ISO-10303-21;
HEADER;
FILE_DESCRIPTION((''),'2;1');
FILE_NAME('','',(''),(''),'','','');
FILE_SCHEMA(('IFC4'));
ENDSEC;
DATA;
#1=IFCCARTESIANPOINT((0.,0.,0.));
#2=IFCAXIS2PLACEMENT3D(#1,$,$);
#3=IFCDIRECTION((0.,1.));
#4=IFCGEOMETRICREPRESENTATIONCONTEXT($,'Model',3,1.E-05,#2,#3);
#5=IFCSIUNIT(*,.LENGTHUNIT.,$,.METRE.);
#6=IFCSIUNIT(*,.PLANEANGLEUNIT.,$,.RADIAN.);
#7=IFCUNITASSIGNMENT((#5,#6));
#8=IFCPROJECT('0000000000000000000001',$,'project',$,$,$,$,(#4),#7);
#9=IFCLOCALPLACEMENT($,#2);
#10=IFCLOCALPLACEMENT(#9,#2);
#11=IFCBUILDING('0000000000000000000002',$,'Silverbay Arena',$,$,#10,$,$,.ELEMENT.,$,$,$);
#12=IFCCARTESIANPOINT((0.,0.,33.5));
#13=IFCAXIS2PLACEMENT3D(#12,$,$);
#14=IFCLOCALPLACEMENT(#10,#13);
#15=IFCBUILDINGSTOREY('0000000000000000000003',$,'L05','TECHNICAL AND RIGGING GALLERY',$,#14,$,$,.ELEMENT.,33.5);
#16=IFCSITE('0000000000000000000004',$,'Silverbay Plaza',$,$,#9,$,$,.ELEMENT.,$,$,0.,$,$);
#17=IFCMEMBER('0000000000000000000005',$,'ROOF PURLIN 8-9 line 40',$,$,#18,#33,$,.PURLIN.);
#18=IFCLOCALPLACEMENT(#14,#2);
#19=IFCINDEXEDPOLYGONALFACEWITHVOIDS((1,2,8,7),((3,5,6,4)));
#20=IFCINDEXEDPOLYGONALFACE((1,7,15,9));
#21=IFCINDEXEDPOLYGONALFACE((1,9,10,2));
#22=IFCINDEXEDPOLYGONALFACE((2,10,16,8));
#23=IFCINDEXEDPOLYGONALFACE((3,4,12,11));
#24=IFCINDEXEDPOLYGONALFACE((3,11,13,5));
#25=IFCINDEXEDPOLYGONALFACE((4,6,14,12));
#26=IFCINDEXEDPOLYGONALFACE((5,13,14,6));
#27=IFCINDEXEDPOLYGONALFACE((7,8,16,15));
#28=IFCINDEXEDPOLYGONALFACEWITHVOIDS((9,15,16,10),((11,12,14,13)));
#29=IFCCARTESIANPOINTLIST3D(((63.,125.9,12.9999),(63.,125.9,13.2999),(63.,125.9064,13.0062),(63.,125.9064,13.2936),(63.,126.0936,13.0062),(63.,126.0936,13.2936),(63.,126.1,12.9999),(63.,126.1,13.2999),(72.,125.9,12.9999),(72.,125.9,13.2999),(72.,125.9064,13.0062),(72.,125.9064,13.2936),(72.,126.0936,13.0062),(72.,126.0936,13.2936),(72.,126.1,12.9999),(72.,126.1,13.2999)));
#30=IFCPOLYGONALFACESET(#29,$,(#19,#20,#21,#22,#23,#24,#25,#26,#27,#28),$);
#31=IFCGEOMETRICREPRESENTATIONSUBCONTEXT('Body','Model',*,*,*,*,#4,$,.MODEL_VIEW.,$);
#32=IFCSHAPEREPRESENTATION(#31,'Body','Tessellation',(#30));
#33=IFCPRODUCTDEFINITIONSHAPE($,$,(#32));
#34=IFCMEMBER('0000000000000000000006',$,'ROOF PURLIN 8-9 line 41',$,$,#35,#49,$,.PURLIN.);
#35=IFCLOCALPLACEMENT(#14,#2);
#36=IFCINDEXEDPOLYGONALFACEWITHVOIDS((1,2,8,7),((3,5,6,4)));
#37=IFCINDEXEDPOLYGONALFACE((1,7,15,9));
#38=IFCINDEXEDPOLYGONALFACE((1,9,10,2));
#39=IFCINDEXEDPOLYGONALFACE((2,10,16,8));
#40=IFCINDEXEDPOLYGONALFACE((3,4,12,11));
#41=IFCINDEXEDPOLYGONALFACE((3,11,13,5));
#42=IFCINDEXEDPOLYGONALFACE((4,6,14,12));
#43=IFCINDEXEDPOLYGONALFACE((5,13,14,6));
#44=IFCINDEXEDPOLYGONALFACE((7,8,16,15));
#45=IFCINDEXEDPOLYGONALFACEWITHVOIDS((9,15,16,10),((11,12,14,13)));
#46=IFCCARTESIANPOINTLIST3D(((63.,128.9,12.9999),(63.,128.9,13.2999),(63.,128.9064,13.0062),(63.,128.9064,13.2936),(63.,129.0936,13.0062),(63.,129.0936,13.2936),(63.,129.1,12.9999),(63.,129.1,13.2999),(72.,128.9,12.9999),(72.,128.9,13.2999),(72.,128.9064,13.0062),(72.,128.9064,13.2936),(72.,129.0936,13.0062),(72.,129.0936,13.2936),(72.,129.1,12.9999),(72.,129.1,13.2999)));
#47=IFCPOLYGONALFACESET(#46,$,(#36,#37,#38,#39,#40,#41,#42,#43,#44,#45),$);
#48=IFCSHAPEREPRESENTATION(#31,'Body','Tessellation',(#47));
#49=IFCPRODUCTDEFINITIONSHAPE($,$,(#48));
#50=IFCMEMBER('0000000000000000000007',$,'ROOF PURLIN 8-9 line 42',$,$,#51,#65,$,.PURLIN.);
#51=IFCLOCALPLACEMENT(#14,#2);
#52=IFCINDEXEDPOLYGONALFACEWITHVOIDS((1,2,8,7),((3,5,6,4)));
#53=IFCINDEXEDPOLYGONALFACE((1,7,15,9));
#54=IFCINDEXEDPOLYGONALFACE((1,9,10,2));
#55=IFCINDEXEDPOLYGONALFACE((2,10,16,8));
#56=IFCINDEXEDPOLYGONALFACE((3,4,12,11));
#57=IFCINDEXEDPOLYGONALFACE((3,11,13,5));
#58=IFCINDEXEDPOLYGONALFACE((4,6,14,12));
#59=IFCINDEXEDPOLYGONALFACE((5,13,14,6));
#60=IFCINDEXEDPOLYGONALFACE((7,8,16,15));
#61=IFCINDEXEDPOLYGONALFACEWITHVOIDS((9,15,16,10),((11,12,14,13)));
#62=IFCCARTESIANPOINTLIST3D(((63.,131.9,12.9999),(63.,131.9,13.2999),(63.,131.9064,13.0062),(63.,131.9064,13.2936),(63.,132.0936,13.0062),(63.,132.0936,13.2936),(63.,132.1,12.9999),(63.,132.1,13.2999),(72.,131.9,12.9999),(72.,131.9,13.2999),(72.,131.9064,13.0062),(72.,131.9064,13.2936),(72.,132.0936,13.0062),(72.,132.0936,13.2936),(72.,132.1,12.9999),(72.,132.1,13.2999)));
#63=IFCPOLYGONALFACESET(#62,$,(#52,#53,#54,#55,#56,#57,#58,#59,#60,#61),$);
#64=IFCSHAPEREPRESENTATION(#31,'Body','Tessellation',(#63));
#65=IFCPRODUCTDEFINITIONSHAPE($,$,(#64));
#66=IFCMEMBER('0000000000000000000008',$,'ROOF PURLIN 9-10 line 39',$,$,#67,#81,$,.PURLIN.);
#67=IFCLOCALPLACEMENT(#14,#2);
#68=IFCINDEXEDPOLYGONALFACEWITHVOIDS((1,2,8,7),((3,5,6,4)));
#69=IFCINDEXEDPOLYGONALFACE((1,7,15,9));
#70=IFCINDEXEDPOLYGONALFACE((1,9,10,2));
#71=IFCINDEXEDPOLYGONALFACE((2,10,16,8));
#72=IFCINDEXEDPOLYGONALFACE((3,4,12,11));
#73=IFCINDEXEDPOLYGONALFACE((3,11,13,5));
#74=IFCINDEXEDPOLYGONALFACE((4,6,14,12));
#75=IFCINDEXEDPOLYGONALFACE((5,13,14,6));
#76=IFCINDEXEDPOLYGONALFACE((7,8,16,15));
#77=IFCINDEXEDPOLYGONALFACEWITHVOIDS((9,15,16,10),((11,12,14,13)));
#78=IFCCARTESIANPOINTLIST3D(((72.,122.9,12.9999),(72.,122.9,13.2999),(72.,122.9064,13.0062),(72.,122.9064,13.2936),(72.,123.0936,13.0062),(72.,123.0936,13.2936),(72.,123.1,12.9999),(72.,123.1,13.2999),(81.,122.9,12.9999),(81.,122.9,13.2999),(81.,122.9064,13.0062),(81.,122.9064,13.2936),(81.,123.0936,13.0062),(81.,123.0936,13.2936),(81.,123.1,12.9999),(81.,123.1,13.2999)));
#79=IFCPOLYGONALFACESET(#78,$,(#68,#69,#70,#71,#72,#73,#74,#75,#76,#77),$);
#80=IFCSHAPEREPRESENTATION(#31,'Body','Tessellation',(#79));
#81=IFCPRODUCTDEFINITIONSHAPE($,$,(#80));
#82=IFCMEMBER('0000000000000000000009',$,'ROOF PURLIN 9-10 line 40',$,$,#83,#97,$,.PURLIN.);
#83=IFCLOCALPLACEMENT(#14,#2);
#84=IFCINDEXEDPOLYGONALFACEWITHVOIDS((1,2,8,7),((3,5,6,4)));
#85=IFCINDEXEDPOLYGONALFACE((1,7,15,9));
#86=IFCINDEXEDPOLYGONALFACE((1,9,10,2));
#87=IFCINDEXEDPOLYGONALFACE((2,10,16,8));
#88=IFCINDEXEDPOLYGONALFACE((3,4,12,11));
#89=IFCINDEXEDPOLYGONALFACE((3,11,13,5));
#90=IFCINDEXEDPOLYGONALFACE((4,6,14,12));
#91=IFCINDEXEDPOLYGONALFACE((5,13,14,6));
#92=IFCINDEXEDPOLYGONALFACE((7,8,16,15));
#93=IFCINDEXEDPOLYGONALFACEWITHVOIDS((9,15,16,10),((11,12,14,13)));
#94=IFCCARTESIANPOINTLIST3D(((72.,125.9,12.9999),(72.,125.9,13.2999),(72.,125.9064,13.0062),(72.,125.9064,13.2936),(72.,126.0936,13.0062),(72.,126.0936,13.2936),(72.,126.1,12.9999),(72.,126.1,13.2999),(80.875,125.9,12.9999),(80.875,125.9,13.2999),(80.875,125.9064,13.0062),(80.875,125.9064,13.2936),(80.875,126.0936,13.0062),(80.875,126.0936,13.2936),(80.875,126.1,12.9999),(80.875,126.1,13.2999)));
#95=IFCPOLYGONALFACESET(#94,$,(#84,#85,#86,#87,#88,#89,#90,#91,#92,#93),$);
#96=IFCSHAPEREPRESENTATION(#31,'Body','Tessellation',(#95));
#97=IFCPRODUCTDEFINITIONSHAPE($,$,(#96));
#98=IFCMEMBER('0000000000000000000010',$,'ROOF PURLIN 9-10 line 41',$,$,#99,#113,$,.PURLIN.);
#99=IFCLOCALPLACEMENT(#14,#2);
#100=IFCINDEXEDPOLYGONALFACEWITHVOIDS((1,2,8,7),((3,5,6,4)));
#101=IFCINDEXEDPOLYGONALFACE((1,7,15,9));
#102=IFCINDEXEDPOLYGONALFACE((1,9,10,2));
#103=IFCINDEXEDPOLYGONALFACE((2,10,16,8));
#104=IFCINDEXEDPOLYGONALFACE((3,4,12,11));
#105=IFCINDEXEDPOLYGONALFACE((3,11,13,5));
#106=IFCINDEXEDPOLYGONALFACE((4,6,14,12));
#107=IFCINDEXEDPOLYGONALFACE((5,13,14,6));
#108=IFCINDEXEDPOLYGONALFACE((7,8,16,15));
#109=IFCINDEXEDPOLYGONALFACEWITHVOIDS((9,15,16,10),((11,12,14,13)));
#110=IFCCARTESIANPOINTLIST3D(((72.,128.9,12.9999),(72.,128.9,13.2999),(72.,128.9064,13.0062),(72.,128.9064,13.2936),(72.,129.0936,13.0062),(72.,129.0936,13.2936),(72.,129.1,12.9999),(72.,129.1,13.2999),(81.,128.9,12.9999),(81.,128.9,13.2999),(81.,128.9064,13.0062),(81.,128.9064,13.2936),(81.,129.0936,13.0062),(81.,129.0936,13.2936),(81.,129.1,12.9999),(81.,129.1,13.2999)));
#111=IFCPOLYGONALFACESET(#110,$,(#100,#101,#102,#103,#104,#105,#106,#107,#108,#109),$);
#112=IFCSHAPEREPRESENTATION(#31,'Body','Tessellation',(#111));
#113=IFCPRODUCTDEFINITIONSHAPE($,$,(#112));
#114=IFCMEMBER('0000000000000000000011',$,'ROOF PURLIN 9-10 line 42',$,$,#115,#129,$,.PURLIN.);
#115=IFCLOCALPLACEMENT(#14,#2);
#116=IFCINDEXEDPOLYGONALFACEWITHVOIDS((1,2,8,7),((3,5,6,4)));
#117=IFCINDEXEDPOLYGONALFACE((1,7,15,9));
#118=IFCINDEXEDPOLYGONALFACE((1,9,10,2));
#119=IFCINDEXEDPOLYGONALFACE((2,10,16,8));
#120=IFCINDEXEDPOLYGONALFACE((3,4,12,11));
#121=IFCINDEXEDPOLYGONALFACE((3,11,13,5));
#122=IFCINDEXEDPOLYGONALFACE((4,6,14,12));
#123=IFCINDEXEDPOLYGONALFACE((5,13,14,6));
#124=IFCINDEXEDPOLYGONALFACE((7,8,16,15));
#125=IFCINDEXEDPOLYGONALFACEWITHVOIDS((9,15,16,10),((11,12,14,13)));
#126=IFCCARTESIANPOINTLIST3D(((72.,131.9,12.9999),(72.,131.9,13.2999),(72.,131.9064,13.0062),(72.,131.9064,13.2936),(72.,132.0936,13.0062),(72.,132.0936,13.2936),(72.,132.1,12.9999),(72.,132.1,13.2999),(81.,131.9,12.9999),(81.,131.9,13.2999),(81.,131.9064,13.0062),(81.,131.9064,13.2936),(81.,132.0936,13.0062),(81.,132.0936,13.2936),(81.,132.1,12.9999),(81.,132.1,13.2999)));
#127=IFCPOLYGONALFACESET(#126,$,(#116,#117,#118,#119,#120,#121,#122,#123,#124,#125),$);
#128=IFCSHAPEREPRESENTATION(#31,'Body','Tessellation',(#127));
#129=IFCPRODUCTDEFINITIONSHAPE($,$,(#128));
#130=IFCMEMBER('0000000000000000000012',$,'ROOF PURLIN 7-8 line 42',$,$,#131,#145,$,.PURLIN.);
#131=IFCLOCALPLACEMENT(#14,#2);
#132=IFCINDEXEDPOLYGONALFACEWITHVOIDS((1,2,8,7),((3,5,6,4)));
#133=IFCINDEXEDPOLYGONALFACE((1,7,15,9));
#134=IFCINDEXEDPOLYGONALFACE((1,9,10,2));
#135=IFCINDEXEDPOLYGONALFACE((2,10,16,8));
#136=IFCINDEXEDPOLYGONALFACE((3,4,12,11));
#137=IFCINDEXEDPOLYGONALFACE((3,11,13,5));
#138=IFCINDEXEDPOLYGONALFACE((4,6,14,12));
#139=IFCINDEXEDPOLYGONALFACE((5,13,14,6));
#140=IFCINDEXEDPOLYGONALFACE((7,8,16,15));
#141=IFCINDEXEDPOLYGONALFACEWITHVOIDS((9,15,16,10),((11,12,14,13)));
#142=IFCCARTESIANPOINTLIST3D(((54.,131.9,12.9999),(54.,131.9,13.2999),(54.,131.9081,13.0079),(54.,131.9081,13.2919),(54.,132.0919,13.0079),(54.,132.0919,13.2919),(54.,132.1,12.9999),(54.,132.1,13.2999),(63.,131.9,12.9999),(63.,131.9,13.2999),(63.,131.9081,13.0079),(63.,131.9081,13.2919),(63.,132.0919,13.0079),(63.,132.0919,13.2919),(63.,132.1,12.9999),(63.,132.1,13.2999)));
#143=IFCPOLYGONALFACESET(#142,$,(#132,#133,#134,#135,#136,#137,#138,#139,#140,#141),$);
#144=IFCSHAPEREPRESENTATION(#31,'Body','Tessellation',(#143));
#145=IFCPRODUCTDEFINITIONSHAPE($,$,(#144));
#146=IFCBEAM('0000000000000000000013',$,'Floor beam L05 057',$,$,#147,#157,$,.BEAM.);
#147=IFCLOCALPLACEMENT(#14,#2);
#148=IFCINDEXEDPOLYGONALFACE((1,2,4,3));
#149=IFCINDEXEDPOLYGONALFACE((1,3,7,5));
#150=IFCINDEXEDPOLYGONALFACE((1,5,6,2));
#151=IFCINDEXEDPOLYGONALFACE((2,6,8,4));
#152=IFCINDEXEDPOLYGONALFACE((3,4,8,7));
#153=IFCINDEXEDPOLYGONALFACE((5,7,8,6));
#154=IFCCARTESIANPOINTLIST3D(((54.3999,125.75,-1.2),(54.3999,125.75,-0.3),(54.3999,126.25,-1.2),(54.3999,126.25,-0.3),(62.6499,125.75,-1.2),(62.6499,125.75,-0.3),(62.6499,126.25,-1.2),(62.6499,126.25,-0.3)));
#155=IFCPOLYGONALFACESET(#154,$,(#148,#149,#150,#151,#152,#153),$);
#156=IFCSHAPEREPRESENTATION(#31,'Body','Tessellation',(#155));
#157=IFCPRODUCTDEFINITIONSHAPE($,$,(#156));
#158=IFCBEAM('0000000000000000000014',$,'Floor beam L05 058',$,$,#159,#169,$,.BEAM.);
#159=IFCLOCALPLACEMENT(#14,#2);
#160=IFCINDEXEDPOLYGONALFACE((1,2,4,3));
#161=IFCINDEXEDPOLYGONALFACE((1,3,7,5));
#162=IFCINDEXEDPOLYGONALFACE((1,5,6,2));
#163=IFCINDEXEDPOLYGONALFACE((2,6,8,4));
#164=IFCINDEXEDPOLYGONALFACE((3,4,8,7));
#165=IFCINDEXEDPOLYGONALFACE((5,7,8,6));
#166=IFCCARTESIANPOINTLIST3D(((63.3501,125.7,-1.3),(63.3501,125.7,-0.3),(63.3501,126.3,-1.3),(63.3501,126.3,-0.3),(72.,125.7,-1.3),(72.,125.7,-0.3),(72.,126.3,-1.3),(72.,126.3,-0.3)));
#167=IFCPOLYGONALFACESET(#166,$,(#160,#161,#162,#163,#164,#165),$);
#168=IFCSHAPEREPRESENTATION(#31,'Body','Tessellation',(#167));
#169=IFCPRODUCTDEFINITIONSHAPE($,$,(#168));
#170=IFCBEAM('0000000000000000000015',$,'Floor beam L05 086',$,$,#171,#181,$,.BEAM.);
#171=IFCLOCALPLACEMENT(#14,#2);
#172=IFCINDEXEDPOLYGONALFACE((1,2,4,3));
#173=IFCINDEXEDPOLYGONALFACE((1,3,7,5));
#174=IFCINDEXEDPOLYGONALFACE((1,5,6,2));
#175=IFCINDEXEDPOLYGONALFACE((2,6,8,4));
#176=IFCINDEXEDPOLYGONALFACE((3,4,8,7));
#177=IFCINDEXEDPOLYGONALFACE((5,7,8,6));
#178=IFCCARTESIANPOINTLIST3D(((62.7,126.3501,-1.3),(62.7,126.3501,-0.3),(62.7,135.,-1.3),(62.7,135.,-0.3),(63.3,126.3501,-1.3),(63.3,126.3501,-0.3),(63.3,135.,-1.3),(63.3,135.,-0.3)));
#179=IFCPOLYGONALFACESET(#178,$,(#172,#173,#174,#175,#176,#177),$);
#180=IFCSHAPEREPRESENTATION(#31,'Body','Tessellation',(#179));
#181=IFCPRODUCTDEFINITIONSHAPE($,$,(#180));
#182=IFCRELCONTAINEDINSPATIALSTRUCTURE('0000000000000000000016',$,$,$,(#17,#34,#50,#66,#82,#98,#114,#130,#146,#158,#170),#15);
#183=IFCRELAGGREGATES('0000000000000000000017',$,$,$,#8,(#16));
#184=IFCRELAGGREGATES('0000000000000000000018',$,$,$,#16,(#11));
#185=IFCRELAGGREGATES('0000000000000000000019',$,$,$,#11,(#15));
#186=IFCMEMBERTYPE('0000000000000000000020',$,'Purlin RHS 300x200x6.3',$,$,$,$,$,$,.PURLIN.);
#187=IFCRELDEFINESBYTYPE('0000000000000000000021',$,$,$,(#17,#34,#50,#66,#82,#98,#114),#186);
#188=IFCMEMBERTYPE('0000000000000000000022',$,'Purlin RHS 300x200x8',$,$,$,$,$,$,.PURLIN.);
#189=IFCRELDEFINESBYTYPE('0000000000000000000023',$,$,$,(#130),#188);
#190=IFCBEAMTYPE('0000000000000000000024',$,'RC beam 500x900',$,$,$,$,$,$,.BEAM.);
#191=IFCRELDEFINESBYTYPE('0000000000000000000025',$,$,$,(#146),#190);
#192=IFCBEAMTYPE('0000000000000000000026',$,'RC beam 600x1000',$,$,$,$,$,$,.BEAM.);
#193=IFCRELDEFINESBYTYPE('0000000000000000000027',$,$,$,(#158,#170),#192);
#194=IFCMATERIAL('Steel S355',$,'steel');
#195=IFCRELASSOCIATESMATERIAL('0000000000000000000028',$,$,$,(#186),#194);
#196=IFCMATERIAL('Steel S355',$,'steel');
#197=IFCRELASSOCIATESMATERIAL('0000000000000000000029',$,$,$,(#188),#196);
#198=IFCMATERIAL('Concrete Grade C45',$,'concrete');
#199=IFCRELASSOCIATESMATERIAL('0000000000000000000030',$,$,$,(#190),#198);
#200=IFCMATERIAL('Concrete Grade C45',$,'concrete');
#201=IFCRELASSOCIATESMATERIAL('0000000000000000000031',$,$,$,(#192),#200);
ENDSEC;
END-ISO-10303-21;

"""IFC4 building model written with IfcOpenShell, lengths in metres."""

from ifc_helpers import new_model, si_unit, direction, frame, origin, origin_2d, place, context, subcontext, project, spatial, rectangle, hollow_rectangle, extrude, material, material_profile, profile_set, type_object, element, save


model = new_model("IFC4")

# Units and contexts
model_context = context("Model", 3, precision=1e-05, world=origin(), true_north=direction((0.0, 1.0)))
body_context = subcontext(model_context, "Body", "Model", "MODEL_VIEW")
ifc_project = project(units=[si_unit("LENGTHUNIT", "METRE"), si_unit("PLANEANGLEUNIT", "RADIAN")], contexts=[model_context])

# Site, building, storey
site_placement = place(None, origin())
site = spatial("IfcSite", under=ifc_project, at=site_placement, Name="Silverbay Plaza", CompositionType="ELEMENT", RefElevation=0.0)
building_placement = place(site_placement, origin())
building = spatial("IfcBuilding", under=site, at=building_placement, Name="Silverbay Arena", CompositionType="ELEMENT")
storey_placement = place(building_placement, frame((0.0, 0.0, 33.5)))
storey = spatial("IfcBuildingStorey", under=building, at=storey_placement, Name="L05", Description="TECHNICAL AND RIGGING GALLERY", CompositionType="ELEMENT", Elevation=33.5)

# Members
ifc_material_1 = material(Name="Steel S355", Category="steel")
ifc_material_profile_1 = material_profile(ifc_material_1, hollow_rectangle(XDim=0.2, YDim=0.3, WallThickness=0.0063, at=origin_2d()), Name="RHS 300x200x6.3")
ifc_profile_set_1 = profile_set([ifc_material_profile_1], Name="Steel S355")
member_type_1 = type_object("IfcMemberType", Name="Purlin RHS 300x200x6.3", PredefinedType="PURLIN", material=ifc_profile_set_1)
for number, where, z_axis, x_axis, name in (
    (1, (63.0, 126.0, 13.1499), (1.0, 0.0, 0.0), (0.0, 1.0, 0.0), "ROOF PURLIN 8-9 line 40"),
    (2, (63.0, 129.0, 13.1499), (1.0, 0.0, 0.0), (0.0, 1.0, 0.0), "ROOF PURLIN 8-9 line 41"),
    (3, (63.0, 132.0, 13.1499), (1.0, 0.0, 0.0), (0.0, 1.0, 0.0), "ROOF PURLIN 8-9 line 42"),
    (4, (72.0, 123.0, 13.1499), (1.0, 0.0, 0.0), (0.0, 1.0, 0.0), "ROOF PURLIN 9-10 line 39"),
):
    element("IfcMember", number, at=place(storey_placement, frame(where, z_axis=z_axis, x_axis=x_axis)), inside=storey, type_object=member_type_1, Name=name, PredefinedType="PURLIN", context=body_context, shape_type="SweptSolid", body=[
        extrude(hollow_rectangle(XDim=0.2, YDim=0.3, WallThickness=0.0063, at=origin_2d()), origin(), (0.0, 0.0, 1.0), 9.0),
    ])
member_1_placement = place(storey_placement, frame((72.0, 126.0, 13.1499), z_axis=(1.0, 0.0, 0.0), x_axis=(0.0, 1.0, 0.0)))
element("IfcMember", 5, at=member_1_placement, inside=storey, type_object=member_type_1, Name="ROOF PURLIN 9-10 line 40", PredefinedType="PURLIN", context=body_context, shape_type="SweptSolid", body=[
    extrude(hollow_rectangle(XDim=0.2, YDim=0.3, WallThickness=0.0063, at=origin_2d()), origin(), (0.0, 0.0, 1.0), 8.875),
])
for number, where, z_axis, x_axis, name in (
    (6, (72.0, 129.0, 13.1499), (1.0, 0.0, 0.0), (0.0, 1.0, 0.0), "ROOF PURLIN 9-10 line 41"),
    (7, (72.0, 132.0, 13.1499), (1.0, 0.0, 0.0), (0.0, 1.0, 0.0), "ROOF PURLIN 9-10 line 42"),
):
    element("IfcMember", number, at=place(storey_placement, frame(where, z_axis=z_axis, x_axis=x_axis)), inside=storey, type_object=member_type_1, Name=name, PredefinedType="PURLIN", context=body_context, shape_type="SweptSolid", body=[
        extrude(hollow_rectangle(XDim=0.2, YDim=0.3, WallThickness=0.0063, at=origin_2d()), origin(), (0.0, 0.0, 1.0), 9.0),
    ])
ifc_material_2 = material(Name="Steel S355", Category="steel")
ifc_material_profile_2 = material_profile(ifc_material_2, hollow_rectangle(XDim=0.2, YDim=0.3, WallThickness=0.0081, at=origin_2d()), Name="RHS 300x200x8")
ifc_profile_set_2 = profile_set([ifc_material_profile_2], Name="Steel S355")
member_type_2 = type_object("IfcMemberType", Name="Purlin RHS 300x200x8", PredefinedType="PURLIN", material=ifc_profile_set_2)
member_2_placement = place(storey_placement, frame((54.0, 132.0, 13.1499), z_axis=(1.0, 0.0, 0.0), x_axis=(0.0, 1.0, 0.0)))
element("IfcMember", 8, at=member_2_placement, inside=storey, type_object=member_type_2, Name="ROOF PURLIN 7-8 line 42", PredefinedType="PURLIN", context=body_context, shape_type="SweptSolid", body=[
    extrude(hollow_rectangle(XDim=0.2, YDim=0.3, WallThickness=0.0081, at=origin_2d()), origin(), (0.0, 0.0, 1.0), 9.0),
])

# Beams
ifc_material_3 = material(Name="Concrete Grade C45", Category="concrete")
ifc_material_profile_3 = material_profile(ifc_material_3, rectangle(XDim=0.5, YDim=0.8999, at=origin_2d()), Name="RC 500x900")
ifc_profile_set_3 = profile_set([ifc_material_profile_3], Name="Concrete Grade C45")
beam_type_1 = type_object("IfcBeamType", Name="RC beam 500x900", PredefinedType="BEAM", material=ifc_profile_set_3)
beam_placement = place(storey_placement, frame((54.3999, 126.0, -0.75), z_axis=(1.0, 0.0, 0.0), x_axis=(0.0, 1.0, 0.0)))
element("IfcBeam", 9, at=beam_placement, inside=storey, type_object=beam_type_1, Name="Floor beam L05 057", PredefinedType="BEAM", context=body_context, shape_type="SweptSolid", body=[
    extrude(rectangle(XDim=0.5, YDim=0.8999, at=origin_2d()), origin(), (0.0, 0.0, 1.0), 8.25),
])
ifc_material_4 = material(Name="Concrete Grade C45", Category="concrete")
ifc_material_profile_4 = material_profile(ifc_material_4, rectangle(XDim=0.6001, YDim=1.0, at=origin_2d()), Name="RC 600x1000")
ifc_profile_set_4 = profile_set([ifc_material_profile_4], Name="Concrete Grade C45")
beam_type_2 = type_object("IfcBeamType", Name="RC beam 600x1000", PredefinedType="BEAM", material=ifc_profile_set_4)
for number, where, z_axis, x_axis, name in (
    (10, (63.3501, 126.0, -0.8), (1.0, 0.0, 0.0), (0.0, 1.0, 0.0), "Floor beam L05 058"),
    (11, (63.0, 126.3501, -0.8), (0.0, 1.0, 0.0), (-1.0, 0.0, 0.0), "Floor beam L05 086"),
):
    element("IfcBeam", number, at=place(storey_placement, frame(where, z_axis=z_axis, x_axis=x_axis)), inside=storey, type_object=beam_type_2, Name=name, PredefinedType="BEAM", context=body_context, shape_type="SweptSolid", body=[
        extrude(rectangle(XDim=0.6001, YDim=1.0, at=origin_2d()), origin(), (0.0, 0.0, 1.0), 8.6499),
    ])

save(model, "model.ifc")
